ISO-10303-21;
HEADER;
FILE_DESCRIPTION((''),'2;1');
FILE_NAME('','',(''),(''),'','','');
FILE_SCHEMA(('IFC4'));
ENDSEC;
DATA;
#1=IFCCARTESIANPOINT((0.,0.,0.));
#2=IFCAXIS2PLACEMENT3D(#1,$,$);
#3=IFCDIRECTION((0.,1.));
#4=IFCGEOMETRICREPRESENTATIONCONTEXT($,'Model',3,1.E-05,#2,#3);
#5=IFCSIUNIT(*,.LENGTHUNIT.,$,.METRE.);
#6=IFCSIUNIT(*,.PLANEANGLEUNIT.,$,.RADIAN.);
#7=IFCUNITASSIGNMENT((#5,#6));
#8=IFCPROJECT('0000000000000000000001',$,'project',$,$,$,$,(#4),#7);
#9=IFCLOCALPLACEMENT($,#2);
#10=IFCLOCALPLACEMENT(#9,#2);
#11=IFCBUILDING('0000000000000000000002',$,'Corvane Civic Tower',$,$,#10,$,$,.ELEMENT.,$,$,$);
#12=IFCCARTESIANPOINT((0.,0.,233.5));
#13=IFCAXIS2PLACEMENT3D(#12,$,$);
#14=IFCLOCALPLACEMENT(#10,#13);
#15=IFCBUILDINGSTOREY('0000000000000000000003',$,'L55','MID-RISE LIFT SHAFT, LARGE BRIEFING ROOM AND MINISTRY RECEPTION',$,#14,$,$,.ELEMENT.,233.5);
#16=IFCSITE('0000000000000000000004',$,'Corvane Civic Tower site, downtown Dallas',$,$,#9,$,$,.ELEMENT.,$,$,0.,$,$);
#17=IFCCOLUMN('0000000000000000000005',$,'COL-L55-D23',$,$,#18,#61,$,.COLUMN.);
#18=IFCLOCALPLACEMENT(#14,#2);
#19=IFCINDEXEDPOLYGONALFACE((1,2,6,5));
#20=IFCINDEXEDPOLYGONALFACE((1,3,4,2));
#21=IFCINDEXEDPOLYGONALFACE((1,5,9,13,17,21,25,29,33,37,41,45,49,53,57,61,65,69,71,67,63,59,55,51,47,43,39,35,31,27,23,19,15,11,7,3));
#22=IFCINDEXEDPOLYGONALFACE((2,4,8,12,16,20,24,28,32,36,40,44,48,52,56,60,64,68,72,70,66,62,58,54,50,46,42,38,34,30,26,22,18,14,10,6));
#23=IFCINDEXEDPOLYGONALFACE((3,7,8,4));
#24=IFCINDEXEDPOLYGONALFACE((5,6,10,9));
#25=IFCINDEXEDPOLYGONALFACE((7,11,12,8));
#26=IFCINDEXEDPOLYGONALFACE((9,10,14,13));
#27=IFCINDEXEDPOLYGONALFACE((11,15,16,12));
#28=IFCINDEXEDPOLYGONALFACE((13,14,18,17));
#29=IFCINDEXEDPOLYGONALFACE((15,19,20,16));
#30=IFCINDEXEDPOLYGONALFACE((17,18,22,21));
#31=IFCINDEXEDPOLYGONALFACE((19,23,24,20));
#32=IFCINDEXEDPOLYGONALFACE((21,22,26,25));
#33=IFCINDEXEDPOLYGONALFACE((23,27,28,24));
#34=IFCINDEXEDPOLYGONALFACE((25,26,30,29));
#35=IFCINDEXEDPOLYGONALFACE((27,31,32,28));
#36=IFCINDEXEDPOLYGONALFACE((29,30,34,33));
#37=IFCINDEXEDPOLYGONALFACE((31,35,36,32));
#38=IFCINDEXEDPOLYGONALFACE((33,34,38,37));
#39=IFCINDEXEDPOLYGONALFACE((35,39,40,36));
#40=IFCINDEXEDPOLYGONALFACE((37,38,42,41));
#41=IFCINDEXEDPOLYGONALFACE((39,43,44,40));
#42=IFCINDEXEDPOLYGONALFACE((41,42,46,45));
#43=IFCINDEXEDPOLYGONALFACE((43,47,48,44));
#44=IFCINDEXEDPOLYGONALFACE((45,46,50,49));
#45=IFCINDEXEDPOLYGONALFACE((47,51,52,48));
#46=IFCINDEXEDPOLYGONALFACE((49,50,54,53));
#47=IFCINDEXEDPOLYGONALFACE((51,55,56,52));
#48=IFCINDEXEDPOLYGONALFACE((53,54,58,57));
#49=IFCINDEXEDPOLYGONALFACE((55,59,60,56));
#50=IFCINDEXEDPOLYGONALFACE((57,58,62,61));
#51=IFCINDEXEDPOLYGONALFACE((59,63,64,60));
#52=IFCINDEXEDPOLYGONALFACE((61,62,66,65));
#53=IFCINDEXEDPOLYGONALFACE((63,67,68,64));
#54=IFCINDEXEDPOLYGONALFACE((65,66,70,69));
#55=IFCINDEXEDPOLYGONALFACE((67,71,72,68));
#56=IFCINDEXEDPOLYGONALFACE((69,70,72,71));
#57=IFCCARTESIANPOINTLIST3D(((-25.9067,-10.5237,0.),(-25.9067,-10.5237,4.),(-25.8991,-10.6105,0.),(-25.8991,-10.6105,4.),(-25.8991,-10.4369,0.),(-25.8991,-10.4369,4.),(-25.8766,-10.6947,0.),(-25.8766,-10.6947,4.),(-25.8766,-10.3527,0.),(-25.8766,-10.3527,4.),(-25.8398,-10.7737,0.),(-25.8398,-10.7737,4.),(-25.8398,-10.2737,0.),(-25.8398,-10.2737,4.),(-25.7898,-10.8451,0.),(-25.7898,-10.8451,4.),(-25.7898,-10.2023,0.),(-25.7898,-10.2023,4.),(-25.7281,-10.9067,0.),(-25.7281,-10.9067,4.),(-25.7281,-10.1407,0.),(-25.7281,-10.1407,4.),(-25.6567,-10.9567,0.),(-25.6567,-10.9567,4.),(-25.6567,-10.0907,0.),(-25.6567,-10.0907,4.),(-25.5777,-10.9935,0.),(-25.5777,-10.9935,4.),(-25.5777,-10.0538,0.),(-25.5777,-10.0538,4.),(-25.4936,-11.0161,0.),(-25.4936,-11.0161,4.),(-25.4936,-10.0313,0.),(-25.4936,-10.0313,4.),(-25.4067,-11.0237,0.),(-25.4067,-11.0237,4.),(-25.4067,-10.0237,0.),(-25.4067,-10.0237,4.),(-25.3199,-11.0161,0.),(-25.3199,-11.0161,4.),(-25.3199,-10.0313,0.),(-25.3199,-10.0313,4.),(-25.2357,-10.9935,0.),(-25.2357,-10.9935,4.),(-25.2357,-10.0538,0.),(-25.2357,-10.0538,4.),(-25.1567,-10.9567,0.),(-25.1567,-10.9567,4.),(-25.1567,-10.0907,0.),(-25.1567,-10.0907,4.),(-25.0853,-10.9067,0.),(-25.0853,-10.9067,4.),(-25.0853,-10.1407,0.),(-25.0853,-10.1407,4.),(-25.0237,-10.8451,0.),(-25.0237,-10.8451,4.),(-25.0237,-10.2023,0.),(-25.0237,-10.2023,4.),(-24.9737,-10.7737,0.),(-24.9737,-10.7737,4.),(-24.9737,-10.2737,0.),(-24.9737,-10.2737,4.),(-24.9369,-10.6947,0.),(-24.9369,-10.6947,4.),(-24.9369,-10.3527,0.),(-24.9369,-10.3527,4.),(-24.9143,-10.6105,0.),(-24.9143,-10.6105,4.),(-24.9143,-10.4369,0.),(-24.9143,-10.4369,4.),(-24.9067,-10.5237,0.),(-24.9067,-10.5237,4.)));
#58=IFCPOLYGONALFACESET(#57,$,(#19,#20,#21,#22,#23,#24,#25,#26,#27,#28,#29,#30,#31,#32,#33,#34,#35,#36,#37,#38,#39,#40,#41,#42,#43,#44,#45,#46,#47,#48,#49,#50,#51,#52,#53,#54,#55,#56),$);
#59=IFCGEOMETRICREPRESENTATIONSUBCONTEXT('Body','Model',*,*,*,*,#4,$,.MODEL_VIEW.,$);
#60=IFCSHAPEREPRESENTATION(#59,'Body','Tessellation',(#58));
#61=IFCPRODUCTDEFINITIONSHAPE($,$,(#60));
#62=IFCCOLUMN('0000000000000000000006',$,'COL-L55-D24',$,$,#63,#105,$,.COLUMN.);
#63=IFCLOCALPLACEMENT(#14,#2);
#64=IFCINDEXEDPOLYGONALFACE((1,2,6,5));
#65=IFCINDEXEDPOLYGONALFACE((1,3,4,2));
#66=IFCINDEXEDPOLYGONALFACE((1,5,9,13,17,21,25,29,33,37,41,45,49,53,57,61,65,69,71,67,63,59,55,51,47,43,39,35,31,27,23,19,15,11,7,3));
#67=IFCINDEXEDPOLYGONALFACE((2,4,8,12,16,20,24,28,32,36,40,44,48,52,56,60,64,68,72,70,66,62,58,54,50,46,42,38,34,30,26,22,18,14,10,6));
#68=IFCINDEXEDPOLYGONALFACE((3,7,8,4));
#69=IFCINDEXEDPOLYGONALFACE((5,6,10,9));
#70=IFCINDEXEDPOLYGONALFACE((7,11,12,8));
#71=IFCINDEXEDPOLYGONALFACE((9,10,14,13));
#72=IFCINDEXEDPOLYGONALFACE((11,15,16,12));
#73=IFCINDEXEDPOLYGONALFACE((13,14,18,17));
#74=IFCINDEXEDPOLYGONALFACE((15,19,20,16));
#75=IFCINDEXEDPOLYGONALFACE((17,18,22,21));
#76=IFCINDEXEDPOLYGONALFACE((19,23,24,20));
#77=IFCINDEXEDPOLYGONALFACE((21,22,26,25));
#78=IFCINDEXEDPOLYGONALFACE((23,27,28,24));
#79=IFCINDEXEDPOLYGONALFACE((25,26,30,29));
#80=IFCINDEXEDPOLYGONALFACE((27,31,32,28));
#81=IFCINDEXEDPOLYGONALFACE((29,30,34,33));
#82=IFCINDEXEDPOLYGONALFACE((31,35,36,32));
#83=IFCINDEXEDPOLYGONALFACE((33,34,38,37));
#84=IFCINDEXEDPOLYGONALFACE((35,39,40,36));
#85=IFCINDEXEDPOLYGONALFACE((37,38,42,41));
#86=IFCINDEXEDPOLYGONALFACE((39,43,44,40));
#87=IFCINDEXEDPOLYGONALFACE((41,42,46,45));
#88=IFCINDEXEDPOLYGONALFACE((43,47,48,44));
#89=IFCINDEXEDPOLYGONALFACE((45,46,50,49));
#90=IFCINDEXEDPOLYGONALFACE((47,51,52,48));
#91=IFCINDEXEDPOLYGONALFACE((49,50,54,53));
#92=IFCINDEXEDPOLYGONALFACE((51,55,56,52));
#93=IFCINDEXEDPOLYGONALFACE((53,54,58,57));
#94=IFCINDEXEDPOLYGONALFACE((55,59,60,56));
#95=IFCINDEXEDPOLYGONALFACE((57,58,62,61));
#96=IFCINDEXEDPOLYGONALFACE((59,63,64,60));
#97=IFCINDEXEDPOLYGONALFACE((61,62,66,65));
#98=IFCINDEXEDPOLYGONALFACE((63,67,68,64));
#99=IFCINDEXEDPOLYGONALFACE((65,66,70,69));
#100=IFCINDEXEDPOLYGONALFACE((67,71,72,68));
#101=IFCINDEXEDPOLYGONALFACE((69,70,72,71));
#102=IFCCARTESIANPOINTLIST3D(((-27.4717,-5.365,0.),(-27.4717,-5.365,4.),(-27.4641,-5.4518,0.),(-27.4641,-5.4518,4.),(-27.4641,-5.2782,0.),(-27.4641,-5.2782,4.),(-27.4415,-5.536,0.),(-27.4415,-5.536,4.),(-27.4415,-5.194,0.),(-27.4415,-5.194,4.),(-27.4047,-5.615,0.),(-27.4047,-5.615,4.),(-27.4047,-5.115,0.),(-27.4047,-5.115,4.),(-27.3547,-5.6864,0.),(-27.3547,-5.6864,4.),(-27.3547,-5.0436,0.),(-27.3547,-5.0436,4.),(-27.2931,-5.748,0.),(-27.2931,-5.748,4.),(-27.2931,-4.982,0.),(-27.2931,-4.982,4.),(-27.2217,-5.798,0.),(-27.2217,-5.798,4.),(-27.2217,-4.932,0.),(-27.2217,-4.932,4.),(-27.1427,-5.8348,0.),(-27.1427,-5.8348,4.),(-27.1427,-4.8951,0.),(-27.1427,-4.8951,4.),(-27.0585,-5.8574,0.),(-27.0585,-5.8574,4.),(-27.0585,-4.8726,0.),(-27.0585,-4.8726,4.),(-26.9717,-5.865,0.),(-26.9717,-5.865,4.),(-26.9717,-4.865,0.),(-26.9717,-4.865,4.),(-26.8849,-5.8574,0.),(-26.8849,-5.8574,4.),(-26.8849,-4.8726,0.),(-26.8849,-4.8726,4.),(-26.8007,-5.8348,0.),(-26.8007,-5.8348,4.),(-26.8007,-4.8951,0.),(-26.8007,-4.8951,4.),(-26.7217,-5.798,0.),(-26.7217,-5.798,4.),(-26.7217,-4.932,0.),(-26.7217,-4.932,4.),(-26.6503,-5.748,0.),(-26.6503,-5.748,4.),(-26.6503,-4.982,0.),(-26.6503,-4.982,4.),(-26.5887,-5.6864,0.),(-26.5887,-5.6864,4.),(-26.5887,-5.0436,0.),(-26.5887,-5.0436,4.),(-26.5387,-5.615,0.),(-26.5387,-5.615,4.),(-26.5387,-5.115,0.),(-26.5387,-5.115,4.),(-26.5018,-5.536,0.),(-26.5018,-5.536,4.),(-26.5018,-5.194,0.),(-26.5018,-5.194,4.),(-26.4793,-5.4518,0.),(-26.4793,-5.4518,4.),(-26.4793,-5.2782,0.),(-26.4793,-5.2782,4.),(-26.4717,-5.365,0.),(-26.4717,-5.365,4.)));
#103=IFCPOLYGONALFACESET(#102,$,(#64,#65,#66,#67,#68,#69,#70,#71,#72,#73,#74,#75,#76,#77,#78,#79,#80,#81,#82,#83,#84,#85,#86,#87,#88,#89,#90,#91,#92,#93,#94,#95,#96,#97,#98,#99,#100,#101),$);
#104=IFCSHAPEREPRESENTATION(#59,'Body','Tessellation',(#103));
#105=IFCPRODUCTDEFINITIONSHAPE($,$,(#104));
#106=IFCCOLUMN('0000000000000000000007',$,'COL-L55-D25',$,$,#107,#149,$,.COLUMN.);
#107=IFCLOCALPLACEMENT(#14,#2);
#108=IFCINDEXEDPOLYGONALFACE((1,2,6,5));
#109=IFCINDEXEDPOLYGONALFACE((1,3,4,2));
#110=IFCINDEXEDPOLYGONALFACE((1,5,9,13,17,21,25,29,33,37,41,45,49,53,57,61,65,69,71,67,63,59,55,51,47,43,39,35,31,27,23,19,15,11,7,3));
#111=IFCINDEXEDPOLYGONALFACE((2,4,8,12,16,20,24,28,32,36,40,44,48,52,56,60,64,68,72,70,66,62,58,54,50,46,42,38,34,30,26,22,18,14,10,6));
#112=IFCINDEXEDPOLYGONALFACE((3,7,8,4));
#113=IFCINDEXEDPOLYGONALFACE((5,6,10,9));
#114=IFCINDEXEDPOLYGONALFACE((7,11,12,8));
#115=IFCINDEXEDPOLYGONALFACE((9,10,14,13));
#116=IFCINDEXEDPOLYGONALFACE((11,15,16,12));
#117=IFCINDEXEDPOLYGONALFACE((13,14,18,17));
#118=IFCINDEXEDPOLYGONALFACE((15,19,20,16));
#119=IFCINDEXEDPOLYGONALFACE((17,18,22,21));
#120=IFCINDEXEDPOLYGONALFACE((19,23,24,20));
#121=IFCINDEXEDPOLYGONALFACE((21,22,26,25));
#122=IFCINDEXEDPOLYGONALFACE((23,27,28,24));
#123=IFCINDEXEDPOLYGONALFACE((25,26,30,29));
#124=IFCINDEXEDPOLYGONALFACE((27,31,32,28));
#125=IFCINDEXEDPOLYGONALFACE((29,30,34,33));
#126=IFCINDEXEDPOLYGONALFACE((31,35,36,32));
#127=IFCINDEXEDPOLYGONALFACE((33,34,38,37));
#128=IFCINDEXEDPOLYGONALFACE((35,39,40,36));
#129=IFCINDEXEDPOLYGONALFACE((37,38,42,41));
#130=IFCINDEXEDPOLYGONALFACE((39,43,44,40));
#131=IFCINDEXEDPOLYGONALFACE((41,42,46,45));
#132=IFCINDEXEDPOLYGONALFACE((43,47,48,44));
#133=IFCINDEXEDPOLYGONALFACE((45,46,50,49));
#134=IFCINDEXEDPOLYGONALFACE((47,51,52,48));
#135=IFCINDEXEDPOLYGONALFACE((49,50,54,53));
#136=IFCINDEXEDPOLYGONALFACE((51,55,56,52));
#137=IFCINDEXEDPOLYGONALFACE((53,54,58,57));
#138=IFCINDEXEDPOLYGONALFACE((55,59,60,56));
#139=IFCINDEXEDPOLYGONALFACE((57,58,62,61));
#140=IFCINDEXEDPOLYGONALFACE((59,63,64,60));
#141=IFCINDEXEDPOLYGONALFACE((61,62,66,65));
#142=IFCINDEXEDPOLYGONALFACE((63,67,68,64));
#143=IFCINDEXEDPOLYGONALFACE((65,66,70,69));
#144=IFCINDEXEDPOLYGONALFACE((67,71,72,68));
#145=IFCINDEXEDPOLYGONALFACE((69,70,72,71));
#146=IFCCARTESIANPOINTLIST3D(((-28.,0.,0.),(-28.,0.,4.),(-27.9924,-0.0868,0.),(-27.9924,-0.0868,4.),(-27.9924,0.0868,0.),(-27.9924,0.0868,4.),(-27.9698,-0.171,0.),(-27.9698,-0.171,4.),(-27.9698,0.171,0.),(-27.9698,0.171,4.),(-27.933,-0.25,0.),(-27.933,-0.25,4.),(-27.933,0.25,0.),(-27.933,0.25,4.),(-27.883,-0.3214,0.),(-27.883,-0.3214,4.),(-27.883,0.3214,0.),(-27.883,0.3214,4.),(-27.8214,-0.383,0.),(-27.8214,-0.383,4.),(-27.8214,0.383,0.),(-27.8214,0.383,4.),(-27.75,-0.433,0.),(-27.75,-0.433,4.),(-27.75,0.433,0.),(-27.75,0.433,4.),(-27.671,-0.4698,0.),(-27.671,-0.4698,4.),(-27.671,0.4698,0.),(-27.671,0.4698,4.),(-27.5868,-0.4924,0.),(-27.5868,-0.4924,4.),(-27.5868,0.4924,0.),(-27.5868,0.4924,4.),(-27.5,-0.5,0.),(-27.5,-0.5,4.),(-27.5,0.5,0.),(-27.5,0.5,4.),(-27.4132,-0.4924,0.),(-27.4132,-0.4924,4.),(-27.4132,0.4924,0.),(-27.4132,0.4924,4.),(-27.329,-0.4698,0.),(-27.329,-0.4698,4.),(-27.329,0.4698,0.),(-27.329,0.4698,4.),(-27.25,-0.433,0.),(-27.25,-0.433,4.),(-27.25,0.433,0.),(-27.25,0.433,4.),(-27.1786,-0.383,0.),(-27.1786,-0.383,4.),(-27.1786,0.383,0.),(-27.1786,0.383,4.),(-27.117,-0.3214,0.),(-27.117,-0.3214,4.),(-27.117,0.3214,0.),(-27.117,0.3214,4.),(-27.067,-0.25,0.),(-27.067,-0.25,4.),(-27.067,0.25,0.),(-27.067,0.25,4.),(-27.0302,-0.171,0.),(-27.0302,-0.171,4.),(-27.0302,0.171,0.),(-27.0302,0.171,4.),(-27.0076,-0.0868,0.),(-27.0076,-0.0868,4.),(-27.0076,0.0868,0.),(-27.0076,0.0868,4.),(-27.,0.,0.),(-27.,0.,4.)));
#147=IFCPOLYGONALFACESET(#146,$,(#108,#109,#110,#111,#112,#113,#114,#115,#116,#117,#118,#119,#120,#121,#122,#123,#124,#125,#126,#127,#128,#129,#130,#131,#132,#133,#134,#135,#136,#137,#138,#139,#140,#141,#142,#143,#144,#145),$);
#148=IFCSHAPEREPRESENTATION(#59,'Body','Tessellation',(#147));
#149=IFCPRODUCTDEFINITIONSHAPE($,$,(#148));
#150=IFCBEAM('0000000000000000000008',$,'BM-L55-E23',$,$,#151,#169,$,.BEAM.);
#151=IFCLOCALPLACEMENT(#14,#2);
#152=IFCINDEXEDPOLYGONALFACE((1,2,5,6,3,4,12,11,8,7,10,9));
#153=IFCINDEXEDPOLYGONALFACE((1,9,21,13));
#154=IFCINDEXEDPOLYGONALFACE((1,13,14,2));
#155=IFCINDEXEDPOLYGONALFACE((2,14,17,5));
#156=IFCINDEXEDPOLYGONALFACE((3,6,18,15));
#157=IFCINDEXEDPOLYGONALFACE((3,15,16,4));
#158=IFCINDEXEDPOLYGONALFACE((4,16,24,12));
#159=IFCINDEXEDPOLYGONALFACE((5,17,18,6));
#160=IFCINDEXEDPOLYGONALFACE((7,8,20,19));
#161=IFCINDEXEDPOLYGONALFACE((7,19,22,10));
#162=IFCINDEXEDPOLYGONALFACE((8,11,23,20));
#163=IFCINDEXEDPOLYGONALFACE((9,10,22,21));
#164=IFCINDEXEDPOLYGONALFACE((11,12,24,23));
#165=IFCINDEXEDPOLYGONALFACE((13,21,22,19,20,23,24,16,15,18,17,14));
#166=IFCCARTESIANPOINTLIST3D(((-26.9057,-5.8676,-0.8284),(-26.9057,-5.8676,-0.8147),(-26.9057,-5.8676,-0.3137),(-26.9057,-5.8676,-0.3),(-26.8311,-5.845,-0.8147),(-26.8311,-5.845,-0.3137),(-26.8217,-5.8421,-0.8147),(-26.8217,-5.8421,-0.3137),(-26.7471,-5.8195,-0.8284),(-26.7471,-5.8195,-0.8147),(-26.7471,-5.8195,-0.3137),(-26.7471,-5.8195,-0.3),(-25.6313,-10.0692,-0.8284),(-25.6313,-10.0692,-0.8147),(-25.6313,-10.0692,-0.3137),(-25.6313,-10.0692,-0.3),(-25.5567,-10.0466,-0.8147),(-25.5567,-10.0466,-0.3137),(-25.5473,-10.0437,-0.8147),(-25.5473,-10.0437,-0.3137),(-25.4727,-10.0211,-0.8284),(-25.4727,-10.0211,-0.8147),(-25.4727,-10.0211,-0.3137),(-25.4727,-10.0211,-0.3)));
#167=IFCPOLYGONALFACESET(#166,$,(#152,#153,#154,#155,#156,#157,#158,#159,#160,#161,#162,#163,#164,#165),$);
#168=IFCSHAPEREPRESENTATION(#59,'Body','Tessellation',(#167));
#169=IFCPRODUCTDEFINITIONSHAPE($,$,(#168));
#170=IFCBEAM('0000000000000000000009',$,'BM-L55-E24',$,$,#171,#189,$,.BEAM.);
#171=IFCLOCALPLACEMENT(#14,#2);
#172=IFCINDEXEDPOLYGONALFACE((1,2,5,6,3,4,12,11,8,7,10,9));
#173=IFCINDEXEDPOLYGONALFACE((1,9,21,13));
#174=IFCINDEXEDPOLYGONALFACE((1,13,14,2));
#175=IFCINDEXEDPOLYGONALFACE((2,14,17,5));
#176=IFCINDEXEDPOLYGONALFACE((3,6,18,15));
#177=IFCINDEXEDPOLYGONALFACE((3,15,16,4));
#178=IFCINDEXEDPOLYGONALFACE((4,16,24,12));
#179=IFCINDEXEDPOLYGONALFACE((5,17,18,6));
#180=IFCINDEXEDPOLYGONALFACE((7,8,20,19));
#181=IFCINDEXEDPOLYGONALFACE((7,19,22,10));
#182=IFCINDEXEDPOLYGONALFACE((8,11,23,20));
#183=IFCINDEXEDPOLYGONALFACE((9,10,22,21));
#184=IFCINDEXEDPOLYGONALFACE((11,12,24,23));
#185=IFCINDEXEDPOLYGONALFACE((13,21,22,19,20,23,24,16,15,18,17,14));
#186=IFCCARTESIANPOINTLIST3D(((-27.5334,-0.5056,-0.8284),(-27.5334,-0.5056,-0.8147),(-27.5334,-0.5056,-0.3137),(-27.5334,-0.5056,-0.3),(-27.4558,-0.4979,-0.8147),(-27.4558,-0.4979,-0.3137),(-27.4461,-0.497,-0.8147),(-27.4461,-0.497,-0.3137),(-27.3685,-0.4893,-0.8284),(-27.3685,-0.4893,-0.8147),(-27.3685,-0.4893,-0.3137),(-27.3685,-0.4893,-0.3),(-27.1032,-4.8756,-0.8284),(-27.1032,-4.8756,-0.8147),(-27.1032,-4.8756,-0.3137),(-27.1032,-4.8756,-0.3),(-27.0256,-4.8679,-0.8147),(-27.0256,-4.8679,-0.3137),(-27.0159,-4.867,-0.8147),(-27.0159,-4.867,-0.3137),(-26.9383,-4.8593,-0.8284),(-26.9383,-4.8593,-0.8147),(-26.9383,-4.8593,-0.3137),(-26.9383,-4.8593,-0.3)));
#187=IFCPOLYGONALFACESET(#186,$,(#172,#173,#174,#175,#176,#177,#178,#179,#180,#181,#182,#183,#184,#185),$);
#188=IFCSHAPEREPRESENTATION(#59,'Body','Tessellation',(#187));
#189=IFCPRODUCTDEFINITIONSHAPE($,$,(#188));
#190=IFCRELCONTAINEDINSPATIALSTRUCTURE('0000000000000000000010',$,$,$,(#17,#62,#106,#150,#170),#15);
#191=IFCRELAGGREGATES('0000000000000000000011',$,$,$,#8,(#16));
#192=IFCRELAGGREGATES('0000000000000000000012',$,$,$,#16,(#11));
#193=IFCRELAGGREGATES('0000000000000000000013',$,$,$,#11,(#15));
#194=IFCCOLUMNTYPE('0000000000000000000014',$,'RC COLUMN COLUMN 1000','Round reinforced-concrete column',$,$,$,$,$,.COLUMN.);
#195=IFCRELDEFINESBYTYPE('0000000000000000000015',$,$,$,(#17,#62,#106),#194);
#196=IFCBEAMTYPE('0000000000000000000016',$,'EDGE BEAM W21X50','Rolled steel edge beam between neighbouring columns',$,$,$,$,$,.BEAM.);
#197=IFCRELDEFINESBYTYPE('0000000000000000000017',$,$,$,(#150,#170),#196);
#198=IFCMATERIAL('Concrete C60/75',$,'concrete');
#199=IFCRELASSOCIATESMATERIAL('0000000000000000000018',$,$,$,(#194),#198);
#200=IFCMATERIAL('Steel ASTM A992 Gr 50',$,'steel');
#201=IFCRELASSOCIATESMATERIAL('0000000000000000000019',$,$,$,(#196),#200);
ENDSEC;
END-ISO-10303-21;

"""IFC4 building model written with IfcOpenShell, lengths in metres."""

from ifc_helpers import new_model, si_unit, direction, frame, origin, origin_2d, place, context, subcontext, project, spatial, circle, i_section, extrude, material, material_profile, profile_set, type_object, element, save


model = new_model("IFC4")

# Units and contexts
model_context = context("Model", 3, precision=1e-05, world=origin(), true_north=direction((0.0, 1.0)))
body_context = subcontext(model_context, "Body", "Model", "MODEL_VIEW")
ifc_project = project(units=[si_unit("LENGTHUNIT", "METRE"), si_unit("PLANEANGLEUNIT", "RADIAN")], contexts=[model_context])

# Site, building, storey
site_placement = place(None, origin())
site = spatial("IfcSite", under=ifc_project, at=site_placement, Name="Corvane Civic Tower site, downtown Dallas", CompositionType="ELEMENT", RefElevation=0.0)
building_placement = place(site_placement, origin())
building = spatial("IfcBuilding", under=site, at=building_placement, Name="Corvane Civic Tower", CompositionType="ELEMENT")
storey_placement = place(building_placement, frame((0.0, 0.0, 233.5)))
storey = spatial("IfcBuildingStorey", under=building, at=storey_placement, Name="L55", Description="MID-RISE LIFT SHAFT, LARGE BRIEFING ROOM AND MINISTRY RECEPTION", CompositionType="ELEMENT", Elevation=233.5)

# Columns
ifc_material_1 = material(Name="Concrete C60/75", Category="concrete")
ifc_material_profile_1 = material_profile(ifc_material_1, circle(Radius=0.5, at=origin_2d()), Name="COLUMN 1000")
ifc_profile_set_1 = profile_set([ifc_material_profile_1], Name="Concrete C60/75")
column_type = type_object("IfcColumnType", Name="RC COLUMN COLUMN 1000", Description="Round reinforced-concrete column", PredefinedType="COLUMN", material=ifc_profile_set_1)
for number, where, z_axis, x_axis, name in (
    (1, (-25.4067, -10.5237, 0.0), (0.0, 0.0, 1.0), (1.0, 0.0, 0.0), "COL-L55-D23"),
    (2, (-26.9717, -5.365, 0.0), (0.0, 0.0, 1.0), (1.0, 0.0, 0.0), "COL-L55-D24"),
    (3, (-27.5, 0.0, 0.0), (0.0, 0.0, 1.0), (1.0, 0.0, 0.0), "COL-L55-D25"),
):
    element("IfcColumn", number, at=place(storey_placement, frame(where, z_axis=z_axis, x_axis=x_axis)), inside=storey, type_object=column_type, Name=name, PredefinedType="COLUMN", context=body_context, shape_type="SweptSolid", body=[
        extrude(circle(Radius=0.5, at=origin_2d()), origin(), (0.0, 0.0, 1.0), 4.0),
    ])

# Beams
ifc_material_2 = material(Name="Steel ASTM A992 Gr 50", Category="steel")
ifc_material_profile_2 = material_profile(ifc_material_2, i_section(OverallWidth=0.1658, OverallDepth=0.5283, WebThickness=0.0098, FlangeThickness=0.0137, at=origin_2d()), Name="W21X50")
ifc_profile_set_2 = profile_set([ifc_material_profile_2], Name="Steel ASTM A992 Gr 50")
beam_type_1 = type_object("IfcBeamType", Name="EDGE BEAM W21X50", Description="Rolled steel edge beam between neighbouring columns", PredefinedType="BEAM", material=ifc_profile_set_2)
beam_1_placement = place(storey_placement, frame((-25.552, -10.0452, -0.5642), z_axis=(-0.290254, 0.95695, 0.0), x_axis=(-0.95695, -0.290254, 0.0)))
element("IfcBeam", 4, at=beam_1_placement, inside=storey, type_object=beam_type_1, Name="BM-L55-E23", PredefinedType="BEAM", context=body_context, shape_type="SweptSolid", body=[
    extrude(i_section(OverallWidth=0.1658, OverallDepth=0.5283, WebThickness=0.0098, FlangeThickness=0.0137, at=origin_2d()), origin(), (0.0, 0.0, 1.0), 4.3906),
])
beam_2_placement = place(storey_placement, frame((-27.0208, -4.8674, -0.5642), z_axis=(-0.097968, 0.99519, 0.0), x_axis=(-0.99519, -0.097968, 0.0)))
element("IfcBeam", 5, at=beam_2_placement, inside=storey, type_object=beam_type_1, Name="BM-L55-E24", PredefinedType="BEAM", context=body_context, shape_type="SweptSolid", body=[
    extrude(i_section(OverallWidth=0.1658, OverallDepth=0.5283, WebThickness=0.0098, FlangeThickness=0.0137, at=origin_2d()), origin(), (0.0, 0.0, 1.0), 4.3911),
])

save(model, "model.ifc")
